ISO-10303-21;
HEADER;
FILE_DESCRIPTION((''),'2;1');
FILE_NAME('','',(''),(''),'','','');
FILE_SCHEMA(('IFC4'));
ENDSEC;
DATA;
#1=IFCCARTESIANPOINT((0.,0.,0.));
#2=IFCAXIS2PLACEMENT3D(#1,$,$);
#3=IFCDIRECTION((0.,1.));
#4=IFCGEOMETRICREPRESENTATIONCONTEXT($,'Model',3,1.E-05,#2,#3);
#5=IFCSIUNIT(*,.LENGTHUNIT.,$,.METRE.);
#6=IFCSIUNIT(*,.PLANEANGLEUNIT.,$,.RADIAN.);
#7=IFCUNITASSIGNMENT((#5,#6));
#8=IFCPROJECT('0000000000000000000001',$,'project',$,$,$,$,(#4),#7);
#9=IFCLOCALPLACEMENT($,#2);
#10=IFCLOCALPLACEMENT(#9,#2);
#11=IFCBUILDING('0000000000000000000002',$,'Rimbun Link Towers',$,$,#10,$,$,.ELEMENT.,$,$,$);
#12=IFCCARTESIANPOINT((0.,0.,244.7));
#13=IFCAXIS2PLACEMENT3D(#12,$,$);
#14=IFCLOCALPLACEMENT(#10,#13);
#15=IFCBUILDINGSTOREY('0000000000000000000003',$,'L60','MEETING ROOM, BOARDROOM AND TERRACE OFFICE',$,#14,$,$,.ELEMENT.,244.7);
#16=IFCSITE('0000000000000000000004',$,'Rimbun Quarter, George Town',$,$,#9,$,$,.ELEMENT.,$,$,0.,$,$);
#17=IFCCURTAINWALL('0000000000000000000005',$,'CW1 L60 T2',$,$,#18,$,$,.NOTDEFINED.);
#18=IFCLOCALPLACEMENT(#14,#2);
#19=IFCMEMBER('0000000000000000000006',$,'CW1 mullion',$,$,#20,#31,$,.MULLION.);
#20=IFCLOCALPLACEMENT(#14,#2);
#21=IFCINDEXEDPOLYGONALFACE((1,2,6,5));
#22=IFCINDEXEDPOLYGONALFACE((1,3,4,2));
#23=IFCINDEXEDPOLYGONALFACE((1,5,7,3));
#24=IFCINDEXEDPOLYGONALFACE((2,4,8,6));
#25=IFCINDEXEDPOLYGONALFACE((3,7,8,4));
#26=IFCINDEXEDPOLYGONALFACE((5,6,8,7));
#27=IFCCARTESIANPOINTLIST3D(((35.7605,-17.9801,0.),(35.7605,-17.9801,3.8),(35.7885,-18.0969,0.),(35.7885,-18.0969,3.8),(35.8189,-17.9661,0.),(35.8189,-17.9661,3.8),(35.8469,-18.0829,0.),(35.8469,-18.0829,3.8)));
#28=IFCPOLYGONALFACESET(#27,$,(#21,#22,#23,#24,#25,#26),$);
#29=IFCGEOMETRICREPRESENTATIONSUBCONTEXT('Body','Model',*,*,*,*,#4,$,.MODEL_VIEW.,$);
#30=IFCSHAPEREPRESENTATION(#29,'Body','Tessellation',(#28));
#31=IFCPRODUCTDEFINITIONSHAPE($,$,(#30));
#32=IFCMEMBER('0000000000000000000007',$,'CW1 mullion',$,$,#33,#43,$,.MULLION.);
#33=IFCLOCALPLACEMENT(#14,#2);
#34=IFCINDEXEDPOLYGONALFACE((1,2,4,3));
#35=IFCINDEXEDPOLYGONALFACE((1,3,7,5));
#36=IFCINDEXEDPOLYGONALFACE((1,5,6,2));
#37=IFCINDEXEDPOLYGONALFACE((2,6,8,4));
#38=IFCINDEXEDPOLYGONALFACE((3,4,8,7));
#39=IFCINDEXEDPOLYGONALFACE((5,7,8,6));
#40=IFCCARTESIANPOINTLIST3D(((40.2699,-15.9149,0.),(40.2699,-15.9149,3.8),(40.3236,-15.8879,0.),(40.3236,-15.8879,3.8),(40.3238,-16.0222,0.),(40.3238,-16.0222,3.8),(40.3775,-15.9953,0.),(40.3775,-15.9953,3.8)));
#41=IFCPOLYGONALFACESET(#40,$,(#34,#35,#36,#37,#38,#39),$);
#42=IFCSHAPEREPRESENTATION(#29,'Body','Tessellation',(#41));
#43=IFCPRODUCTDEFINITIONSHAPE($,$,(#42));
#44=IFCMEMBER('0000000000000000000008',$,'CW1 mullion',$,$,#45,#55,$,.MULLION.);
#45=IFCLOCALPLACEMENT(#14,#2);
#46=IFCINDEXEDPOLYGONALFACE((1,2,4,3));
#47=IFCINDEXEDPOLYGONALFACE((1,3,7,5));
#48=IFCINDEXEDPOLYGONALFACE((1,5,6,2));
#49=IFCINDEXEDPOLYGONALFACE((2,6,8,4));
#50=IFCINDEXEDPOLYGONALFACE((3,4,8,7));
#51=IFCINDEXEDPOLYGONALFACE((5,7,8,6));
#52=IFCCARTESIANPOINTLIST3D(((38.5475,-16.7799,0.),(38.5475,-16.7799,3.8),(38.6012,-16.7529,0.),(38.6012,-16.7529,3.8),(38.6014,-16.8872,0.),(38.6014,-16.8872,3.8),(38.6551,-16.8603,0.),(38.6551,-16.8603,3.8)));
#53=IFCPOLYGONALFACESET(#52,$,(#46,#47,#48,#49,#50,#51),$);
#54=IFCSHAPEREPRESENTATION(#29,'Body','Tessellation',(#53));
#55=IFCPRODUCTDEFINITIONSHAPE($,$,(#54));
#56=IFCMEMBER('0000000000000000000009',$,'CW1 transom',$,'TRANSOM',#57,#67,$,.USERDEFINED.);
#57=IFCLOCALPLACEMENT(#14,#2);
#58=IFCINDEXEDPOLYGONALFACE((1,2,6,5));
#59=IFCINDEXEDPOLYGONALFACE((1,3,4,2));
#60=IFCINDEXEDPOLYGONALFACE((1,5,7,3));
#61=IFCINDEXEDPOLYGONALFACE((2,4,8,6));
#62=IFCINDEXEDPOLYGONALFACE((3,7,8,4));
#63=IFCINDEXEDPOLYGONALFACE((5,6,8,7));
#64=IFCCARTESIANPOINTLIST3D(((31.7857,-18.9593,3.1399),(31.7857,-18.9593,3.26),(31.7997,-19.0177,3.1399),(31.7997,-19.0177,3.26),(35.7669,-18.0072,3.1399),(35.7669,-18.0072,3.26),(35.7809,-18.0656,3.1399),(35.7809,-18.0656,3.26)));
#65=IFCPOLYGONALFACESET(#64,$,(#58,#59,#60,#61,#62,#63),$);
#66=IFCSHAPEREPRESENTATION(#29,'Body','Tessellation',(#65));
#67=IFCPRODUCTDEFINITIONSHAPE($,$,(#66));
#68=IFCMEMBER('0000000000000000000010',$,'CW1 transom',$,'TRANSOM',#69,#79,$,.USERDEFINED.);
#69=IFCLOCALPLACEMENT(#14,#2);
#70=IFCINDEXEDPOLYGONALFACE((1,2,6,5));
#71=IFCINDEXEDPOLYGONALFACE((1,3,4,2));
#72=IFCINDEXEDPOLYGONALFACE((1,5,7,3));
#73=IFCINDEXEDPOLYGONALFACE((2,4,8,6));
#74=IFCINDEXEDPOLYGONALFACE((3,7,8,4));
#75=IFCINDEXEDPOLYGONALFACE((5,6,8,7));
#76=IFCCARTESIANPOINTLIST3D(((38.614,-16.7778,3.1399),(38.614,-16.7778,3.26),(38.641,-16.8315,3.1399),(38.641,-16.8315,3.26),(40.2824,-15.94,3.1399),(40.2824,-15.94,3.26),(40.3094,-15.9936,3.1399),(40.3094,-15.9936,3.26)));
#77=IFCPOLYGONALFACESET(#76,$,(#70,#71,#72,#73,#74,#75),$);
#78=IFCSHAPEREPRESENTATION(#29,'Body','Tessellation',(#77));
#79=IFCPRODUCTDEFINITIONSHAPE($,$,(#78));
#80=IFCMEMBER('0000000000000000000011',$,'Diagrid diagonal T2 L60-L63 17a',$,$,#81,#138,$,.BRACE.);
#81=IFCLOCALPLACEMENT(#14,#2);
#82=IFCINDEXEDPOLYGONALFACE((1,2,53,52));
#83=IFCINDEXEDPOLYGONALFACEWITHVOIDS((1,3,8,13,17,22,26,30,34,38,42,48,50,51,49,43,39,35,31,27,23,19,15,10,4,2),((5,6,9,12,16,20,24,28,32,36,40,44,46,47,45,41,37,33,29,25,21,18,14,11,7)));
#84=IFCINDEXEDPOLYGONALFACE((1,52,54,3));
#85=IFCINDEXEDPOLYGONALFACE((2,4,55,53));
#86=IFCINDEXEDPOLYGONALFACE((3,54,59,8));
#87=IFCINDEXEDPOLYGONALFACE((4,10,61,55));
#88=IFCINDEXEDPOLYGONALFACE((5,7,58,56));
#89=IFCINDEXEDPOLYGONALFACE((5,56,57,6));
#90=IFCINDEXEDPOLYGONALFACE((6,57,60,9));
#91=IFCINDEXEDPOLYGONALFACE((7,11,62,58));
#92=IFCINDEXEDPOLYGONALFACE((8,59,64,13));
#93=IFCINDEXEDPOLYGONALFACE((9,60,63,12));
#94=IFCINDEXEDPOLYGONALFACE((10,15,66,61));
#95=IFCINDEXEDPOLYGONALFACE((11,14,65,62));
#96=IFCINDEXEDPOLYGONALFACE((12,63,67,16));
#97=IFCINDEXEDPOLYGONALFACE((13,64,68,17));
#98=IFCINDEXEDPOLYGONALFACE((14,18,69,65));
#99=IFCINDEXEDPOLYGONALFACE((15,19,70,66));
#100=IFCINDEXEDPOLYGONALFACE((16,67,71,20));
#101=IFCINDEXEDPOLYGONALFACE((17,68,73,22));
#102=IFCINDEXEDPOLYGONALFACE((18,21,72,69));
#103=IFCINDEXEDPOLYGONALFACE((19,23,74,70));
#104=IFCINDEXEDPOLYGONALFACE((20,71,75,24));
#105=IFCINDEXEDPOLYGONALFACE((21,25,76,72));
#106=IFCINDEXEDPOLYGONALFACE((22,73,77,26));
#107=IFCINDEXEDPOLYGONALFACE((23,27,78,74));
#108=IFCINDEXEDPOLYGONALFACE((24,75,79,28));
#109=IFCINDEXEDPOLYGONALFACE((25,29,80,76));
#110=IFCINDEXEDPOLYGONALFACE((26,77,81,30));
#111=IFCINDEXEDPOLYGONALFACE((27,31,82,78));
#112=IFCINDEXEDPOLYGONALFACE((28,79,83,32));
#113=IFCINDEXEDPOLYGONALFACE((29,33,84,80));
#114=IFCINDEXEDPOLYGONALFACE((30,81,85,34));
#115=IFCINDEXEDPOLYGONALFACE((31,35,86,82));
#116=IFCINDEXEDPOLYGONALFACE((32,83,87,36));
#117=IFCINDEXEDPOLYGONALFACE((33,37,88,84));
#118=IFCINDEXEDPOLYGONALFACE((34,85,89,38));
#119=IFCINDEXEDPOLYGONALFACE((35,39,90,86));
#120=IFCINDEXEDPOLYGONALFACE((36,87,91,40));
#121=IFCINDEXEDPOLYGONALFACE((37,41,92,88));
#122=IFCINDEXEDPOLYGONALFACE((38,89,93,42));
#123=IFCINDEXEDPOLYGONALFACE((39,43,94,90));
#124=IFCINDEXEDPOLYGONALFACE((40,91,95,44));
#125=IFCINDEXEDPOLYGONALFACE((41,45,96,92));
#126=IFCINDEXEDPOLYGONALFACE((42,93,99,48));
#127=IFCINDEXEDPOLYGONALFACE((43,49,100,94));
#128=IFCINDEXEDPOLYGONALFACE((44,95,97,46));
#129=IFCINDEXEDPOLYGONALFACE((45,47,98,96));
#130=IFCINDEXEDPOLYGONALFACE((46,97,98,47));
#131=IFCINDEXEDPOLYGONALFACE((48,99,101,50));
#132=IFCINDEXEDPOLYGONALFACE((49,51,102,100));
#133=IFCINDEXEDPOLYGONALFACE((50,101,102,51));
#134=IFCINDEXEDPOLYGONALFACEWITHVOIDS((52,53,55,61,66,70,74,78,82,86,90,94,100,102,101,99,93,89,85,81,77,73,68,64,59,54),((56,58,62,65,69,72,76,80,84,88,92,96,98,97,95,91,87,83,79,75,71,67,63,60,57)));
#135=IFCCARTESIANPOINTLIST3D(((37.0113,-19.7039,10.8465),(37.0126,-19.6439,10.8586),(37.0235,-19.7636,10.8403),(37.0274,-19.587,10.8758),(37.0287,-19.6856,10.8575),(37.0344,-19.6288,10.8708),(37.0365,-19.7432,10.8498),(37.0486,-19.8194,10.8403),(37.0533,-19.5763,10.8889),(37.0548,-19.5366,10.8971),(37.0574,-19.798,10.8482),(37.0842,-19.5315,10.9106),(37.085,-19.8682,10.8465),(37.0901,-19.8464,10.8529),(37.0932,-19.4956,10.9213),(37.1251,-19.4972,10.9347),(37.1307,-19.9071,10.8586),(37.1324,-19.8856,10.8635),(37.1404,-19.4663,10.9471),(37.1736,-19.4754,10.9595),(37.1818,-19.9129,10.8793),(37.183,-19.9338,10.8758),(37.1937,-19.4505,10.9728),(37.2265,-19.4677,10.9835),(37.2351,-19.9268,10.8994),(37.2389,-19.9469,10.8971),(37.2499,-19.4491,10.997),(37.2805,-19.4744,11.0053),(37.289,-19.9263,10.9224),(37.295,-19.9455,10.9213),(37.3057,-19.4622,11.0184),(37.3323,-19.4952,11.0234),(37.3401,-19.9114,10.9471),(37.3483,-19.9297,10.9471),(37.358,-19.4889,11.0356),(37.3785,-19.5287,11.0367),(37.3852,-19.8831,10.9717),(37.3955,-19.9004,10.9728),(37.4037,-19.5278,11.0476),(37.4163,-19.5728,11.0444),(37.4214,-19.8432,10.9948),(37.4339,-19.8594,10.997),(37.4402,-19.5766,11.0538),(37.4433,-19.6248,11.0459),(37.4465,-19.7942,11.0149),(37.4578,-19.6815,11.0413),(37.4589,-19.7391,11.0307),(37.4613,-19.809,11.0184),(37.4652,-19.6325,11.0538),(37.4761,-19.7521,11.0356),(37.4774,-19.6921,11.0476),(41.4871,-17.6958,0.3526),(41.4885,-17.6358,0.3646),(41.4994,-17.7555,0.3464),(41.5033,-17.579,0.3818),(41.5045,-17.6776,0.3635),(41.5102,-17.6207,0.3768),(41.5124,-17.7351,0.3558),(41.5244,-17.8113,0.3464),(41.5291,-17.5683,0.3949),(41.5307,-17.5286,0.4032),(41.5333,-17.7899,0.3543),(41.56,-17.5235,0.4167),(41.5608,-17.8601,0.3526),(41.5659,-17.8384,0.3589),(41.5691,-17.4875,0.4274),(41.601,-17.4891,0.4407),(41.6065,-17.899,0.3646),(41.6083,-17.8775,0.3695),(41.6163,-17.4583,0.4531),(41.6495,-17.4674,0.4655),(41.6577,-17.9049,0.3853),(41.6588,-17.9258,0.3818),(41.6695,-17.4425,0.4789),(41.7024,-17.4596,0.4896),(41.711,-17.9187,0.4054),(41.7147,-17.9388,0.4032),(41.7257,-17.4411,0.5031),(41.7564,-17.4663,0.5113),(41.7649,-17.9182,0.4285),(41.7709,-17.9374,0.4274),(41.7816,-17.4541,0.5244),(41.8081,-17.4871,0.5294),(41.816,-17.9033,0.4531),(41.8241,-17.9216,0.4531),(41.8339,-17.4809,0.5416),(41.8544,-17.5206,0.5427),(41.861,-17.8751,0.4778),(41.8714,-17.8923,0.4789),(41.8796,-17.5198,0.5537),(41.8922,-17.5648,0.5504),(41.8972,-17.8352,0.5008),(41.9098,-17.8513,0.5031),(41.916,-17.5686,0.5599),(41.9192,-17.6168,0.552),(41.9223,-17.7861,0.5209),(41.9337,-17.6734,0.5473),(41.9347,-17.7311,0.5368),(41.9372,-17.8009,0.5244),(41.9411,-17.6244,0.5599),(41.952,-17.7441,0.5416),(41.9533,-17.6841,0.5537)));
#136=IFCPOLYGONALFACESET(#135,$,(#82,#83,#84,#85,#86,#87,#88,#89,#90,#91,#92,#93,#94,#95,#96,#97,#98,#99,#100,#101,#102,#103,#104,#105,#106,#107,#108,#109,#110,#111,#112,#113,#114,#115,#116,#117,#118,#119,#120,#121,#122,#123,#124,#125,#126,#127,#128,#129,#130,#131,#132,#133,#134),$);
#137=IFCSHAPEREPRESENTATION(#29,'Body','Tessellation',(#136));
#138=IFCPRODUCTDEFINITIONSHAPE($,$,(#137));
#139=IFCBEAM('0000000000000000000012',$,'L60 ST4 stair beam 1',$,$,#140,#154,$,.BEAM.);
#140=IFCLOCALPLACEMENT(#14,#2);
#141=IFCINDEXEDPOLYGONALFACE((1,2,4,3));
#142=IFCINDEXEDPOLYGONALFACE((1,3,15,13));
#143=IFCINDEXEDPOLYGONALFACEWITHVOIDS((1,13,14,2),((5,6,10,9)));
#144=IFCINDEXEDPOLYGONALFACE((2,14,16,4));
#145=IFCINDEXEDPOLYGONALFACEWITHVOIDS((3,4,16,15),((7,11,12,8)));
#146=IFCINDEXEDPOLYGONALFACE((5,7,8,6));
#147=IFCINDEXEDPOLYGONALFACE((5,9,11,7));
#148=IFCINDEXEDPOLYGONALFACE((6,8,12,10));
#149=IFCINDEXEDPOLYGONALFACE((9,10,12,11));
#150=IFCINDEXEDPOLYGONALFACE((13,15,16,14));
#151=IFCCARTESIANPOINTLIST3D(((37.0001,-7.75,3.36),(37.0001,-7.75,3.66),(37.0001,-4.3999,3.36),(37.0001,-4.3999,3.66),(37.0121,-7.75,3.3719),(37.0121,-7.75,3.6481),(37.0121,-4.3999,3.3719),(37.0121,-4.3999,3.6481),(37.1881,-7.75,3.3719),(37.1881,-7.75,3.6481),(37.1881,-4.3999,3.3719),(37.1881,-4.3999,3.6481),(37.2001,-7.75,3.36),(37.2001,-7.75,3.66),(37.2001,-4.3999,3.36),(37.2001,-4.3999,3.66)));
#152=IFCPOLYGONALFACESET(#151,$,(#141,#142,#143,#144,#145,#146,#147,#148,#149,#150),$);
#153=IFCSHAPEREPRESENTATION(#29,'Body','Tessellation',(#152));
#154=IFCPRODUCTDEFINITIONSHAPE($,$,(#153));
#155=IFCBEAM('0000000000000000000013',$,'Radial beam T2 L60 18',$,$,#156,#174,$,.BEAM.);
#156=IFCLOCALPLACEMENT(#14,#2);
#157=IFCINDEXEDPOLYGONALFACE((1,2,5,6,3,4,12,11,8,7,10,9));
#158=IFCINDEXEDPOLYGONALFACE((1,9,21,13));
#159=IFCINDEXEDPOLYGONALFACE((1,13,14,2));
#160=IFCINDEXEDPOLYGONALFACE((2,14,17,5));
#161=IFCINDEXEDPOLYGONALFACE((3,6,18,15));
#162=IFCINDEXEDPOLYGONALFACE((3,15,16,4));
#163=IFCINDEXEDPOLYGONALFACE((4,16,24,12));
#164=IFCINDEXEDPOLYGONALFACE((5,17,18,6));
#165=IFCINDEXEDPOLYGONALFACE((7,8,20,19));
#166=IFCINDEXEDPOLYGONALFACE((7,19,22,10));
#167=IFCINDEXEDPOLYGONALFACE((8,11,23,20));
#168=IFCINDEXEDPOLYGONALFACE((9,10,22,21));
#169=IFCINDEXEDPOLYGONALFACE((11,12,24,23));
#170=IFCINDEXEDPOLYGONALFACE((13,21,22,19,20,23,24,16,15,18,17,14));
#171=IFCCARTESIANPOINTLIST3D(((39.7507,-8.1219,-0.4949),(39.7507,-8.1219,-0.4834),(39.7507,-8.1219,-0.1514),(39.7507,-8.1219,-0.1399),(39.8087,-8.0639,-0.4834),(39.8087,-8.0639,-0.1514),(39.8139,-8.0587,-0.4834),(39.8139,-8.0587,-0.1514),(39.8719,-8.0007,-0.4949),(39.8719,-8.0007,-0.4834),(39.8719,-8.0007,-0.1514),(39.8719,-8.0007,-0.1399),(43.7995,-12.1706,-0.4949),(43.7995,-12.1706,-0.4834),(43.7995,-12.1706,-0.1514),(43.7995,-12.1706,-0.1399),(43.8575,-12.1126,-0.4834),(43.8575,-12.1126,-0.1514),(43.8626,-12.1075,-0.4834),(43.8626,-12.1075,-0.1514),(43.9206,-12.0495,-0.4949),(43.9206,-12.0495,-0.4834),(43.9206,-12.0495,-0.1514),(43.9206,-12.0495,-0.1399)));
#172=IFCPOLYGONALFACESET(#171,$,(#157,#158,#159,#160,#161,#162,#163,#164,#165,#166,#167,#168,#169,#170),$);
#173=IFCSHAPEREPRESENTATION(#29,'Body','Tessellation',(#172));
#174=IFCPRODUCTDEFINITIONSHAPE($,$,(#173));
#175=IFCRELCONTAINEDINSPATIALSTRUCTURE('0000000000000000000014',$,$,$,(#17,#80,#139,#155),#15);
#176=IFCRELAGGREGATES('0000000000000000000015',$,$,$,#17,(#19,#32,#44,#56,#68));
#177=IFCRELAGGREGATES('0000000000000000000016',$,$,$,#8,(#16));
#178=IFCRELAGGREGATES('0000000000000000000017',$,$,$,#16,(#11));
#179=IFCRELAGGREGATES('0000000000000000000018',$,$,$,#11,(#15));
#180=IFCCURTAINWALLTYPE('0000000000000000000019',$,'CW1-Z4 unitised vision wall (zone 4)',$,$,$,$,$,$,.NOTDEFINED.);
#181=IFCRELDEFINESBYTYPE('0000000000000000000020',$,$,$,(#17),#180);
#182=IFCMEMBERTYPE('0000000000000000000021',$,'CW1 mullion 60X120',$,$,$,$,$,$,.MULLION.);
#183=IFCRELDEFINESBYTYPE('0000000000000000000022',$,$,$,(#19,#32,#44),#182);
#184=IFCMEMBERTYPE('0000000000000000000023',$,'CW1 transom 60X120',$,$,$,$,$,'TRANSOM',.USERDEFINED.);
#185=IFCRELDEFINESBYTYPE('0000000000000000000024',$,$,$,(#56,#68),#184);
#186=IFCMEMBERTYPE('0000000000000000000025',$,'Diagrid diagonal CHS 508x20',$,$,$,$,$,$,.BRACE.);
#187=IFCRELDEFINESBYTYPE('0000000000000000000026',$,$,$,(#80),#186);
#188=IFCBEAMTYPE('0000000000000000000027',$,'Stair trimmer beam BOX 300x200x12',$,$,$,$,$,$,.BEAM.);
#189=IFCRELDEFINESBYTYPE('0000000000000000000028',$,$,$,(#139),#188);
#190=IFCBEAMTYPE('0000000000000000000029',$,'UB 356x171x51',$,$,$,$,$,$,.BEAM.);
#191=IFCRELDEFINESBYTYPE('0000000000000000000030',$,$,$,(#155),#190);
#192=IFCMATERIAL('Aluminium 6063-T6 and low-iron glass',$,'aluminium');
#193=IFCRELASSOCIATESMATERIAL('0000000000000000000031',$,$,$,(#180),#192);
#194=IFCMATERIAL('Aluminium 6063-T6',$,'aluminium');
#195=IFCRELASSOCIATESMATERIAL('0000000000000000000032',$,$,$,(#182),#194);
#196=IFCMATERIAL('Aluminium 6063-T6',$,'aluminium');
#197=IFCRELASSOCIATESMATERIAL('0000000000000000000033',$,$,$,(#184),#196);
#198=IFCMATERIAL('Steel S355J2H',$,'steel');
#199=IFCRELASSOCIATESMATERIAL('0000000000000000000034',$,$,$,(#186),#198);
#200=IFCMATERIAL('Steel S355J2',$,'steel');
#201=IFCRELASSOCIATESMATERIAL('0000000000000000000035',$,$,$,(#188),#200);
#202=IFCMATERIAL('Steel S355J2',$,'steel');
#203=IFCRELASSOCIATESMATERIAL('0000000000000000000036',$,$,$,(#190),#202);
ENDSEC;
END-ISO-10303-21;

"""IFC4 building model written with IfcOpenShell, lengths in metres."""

from ifc_helpers import new_model, si_unit, direction, frame, origin, origin_2d, place, context, subcontext, project, spatial, rectangle, hollow_rectangle, hollow_circle, i_section, extrude, material, material_profile, profile_set, type_object, element, aggregate, save


model = new_model("IFC4")

# Units and contexts
model_context = context("Model", 3, precision=1e-05, world=origin(), true_north=direction((0.0, 1.0)))
body_context = subcontext(model_context, "Body", "Model", "MODEL_VIEW")
ifc_project = project(units=[si_unit("LENGTHUNIT", "METRE"), si_unit("PLANEANGLEUNIT", "RADIAN")], contexts=[model_context])

# Site, building, storey
site_placement = place(None, origin())
site = spatial("IfcSite", under=ifc_project, at=site_placement, Name="Rimbun Quarter, George Town", CompositionType="ELEMENT", RefElevation=0.0)
building_placement = place(site_placement, origin())
building = spatial("IfcBuilding", under=site, at=building_placement, Name="Rimbun Link Towers", CompositionType="ELEMENT")
storey_placement = place(building_placement, frame((0.0, 0.0, 244.7)))
storey = spatial("IfcBuildingStorey", under=building, at=storey_placement, Name="L60", Description="MEETING ROOM, BOARDROOM AND TERRACE OFFICE", CompositionType="ELEMENT", Elevation=244.7)

# Curtain wall, members
ifc_material_1 = material(Name="Aluminium 6063-T6 and low-iron glass", Category="aluminium")
curtain_wall_type = type_object("IfcCurtainWallType", Name="CW1-Z4 unitised vision wall (zone 4)", PredefinedType="NOTDEFINED", material=ifc_material_1)
curtain_wall_placement = place(storey_placement, origin())
curtain_wall = element("IfcCurtainWall", 1, at=curtain_wall_placement, inside=storey, type_object=curtain_wall_type, Name="CW1 L60 T2", PredefinedType="NOTDEFINED")
ifc_material_2 = material(Name="Aluminium 6063-T6", Category="aluminium")
ifc_material_profile_1 = material_profile(ifc_material_2, rectangle(XDim=0.1201, YDim=0.0601, at=origin_2d()), Name="MULLION 60X120")
ifc_profile_set_1 = profile_set([ifc_material_profile_1], Name="Aluminium 6063-T6")
member_type_1 = type_object("IfcMemberType", Name="CW1 mullion 60X120", PredefinedType="MULLION", material=ifc_profile_set_1)
member_1_placement = place(storey_placement, frame((35.8037, -18.0315, 0.0), z_axis=(0.0, 0.0, 1.0), x_axis=(0.232605, -0.972571, 0.0)))
member_1 = element("IfcMember", 2, at=member_1_placement, type_object=member_type_1, Name="CW1 mullion", PredefinedType="MULLION", context=body_context, shape_type="SweptSolid", body=[
    extrude(rectangle(XDim=0.1201, YDim=0.0601, at=origin_2d()), origin(), (0.0, 0.0, 1.0), 3.8),
])
member_2_placement = place(storey_placement, frame((40.3237, -15.9551, 0.0), z_axis=(0.0, 0.0, 1.0), x_axis=(0.44877, -0.893647, 0.0)))
member_2 = element("IfcMember", 3, at=member_2_placement, type_object=member_type_1, Name="CW1 mullion", PredefinedType="MULLION", context=body_context, shape_type="SweptSolid", body=[
    extrude(rectangle(XDim=0.1201, YDim=0.0601, at=origin_2d()), origin(), (0.0, 0.0, 1.0), 3.8),
])
member_3_placement = place(storey_placement, frame((38.6013, -16.8201, 0.0), z_axis=(0.0, 0.0, 1.0), x_axis=(0.44877, -0.893647, 0.0)))
member_3 = element("IfcMember", 4, at=member_3_placement, type_object=member_type_1, Name="CW1 mullion", PredefinedType="MULLION", context=body_context, shape_type="SweptSolid", body=[
    extrude(rectangle(XDim=0.1201, YDim=0.0601, at=origin_2d()), origin(), (0.0, 0.0, 1.0), 3.8),
])
ifc_material_3 = material(Name="Aluminium 6063-T6", Category="aluminium")
ifc_material_profile_2 = material_profile(ifc_material_3, rectangle(XDim=0.0601, YDim=0.1201, at=origin_2d()), Name="TRANSOM 60X120")
ifc_profile_set_2 = profile_set([ifc_material_profile_2], Name="Aluminium 6063-T6")
member_type_2 = type_object("IfcMemberType", Name="CW1 transom 60X120", ElementType="TRANSOM", PredefinedType="USERDEFINED", material=ifc_profile_set_2)
member_4_placement = place(storey_placement, frame((35.7739, -18.0364, 3.2), z_axis=(-0.972572, -0.232601, 0.0), x_axis=(0.232601, -0.972572, 0.0)))
member_4 = element("IfcMember", 5, at=member_4_placement, type_object=member_type_2, Name="CW1 transom", ObjectType="TRANSOM", PredefinedType="USERDEFINED", context=body_context, shape_type="SweptSolid", body=[
    extrude(rectangle(XDim=0.0601, YDim=0.1201, at=origin_2d()), origin(), (0.0, 0.0, 1.0), 4.0935),
])
member_5_placement = place(storey_placement, frame((40.2959, -15.9668, 3.2), z_axis=(-0.893641, -0.448782, 0.0), x_axis=(0.448782, -0.893641, 0.0)))
member_5 = element("IfcMember", 6, at=member_5_placement, type_object=member_type_2, Name="CW1 transom", ObjectType="TRANSOM", PredefinedType="USERDEFINED", context=body_context, shape_type="SweptSolid", body=[
    extrude(rectangle(XDim=0.0601, YDim=0.1201, at=origin_2d()), origin(), (0.0, 0.0, 1.0), 1.8669),
])

# Member
ifc_material_4 = material(Name="Steel S355J2H", Category="steel")
ifc_material_profile_3 = material_profile(ifc_material_4, hollow_circle(Radius=0.2539, WallThickness=0.02, at=origin_2d()), Name="Diagrid diagonal CHS 508x20")
ifc_profile_set_3 = profile_set([ifc_material_profile_3], Name="Steel S355J2H")
member_type_3 = type_object("IfcMemberType", Name="Diagrid diagonal CHS 508x20", PredefinedType="BRACE", material=ifc_profile_set_3)
member_6_placement = place(storey_placement, frame((41.7202, -17.6899, 0.4531), z_axis=(-0.386383, -0.173349, 0.905902), x_axis=(0.409336, -0.912384, 0.0)))
element("IfcMember", 7, at=member_6_placement, inside=storey, type_object=member_type_3, Name="Diagrid diagonal T2 L60-L63 17a", PredefinedType="BRACE", context=body_context, shape_type="SweptSolid", body=[
    extrude(hollow_circle(Radius=0.2539, WallThickness=0.02, at=origin_2d()), origin(), (0.0, 0.0, 1.0), 11.584),
])

# Beams
ifc_material_5 = material(Name="Steel S355J2", Category="steel")
ifc_material_profile_4 = material_profile(ifc_material_5, hollow_rectangle(XDim=0.2, YDim=0.3, WallThickness=0.012, at=origin_2d()), Name="BOX 300x200x12")
ifc_profile_set_4 = profile_set([ifc_material_profile_4], Name="Steel S355J2")
beam_type_1 = type_object("IfcBeamType", Name="Stair trimmer beam BOX 300x200x12", PredefinedType="BEAM", material=ifc_profile_set_4)
beam_1_placement = place(storey_placement, frame((37.1001, -7.75, 3.51), z_axis=(0.0, 1.0, 0.0), x_axis=(-1.0, 0.0, 0.0)))
element("IfcBeam", 8, at=beam_1_placement, inside=storey, type_object=beam_type_1, Name="L60 ST4 stair beam 1", PredefinedType="BEAM", context=body_context, shape_type="SweptSolid", body=[
    extrude(hollow_rectangle(XDim=0.2, YDim=0.3, WallThickness=0.012, at=origin_2d()), origin(), (0.0, 0.0, 1.0), 3.3501),
])
ifc_material_6 = material(Name="Steel S355J2", Category="steel")
ifc_material_profile_5 = material_profile(ifc_material_6, i_section(OverallWidth=0.1714, OverallDepth=0.355, WebThickness=0.0073, FlangeThickness=0.0115, at=origin_2d()), Name="UB 356x171x51")
ifc_profile_set_5 = profile_set([ifc_material_profile_5], Name="Steel S355J2")
beam_type_2 = type_object("IfcBeamType", Name="UB 356x171x51", PredefinedType="BEAM", material=ifc_profile_set_5)
beam_2_placement = place(storey_placement, frame((39.8113, -8.0613, -0.3174), z_axis=(0.707107, -0.707107, 0.0), x_axis=(0.707107, 0.707107, 0.0)))
element("IfcBeam", 9, at=beam_2_placement, inside=storey, type_object=beam_type_2, Name="Radial beam T2 L60 18", PredefinedType="BEAM", context=body_context, shape_type="SweptSolid", body=[
    extrude(i_section(OverallWidth=0.1714, OverallDepth=0.355, WebThickness=0.0073, FlangeThickness=0.0115, at=origin_2d()), origin(), (0.0, 0.0, 1.0), 5.7258),
])

aggregate(curtain_wall, [member_1, member_2, member_3, member_4, member_5])

save(model, "model.ifc")
